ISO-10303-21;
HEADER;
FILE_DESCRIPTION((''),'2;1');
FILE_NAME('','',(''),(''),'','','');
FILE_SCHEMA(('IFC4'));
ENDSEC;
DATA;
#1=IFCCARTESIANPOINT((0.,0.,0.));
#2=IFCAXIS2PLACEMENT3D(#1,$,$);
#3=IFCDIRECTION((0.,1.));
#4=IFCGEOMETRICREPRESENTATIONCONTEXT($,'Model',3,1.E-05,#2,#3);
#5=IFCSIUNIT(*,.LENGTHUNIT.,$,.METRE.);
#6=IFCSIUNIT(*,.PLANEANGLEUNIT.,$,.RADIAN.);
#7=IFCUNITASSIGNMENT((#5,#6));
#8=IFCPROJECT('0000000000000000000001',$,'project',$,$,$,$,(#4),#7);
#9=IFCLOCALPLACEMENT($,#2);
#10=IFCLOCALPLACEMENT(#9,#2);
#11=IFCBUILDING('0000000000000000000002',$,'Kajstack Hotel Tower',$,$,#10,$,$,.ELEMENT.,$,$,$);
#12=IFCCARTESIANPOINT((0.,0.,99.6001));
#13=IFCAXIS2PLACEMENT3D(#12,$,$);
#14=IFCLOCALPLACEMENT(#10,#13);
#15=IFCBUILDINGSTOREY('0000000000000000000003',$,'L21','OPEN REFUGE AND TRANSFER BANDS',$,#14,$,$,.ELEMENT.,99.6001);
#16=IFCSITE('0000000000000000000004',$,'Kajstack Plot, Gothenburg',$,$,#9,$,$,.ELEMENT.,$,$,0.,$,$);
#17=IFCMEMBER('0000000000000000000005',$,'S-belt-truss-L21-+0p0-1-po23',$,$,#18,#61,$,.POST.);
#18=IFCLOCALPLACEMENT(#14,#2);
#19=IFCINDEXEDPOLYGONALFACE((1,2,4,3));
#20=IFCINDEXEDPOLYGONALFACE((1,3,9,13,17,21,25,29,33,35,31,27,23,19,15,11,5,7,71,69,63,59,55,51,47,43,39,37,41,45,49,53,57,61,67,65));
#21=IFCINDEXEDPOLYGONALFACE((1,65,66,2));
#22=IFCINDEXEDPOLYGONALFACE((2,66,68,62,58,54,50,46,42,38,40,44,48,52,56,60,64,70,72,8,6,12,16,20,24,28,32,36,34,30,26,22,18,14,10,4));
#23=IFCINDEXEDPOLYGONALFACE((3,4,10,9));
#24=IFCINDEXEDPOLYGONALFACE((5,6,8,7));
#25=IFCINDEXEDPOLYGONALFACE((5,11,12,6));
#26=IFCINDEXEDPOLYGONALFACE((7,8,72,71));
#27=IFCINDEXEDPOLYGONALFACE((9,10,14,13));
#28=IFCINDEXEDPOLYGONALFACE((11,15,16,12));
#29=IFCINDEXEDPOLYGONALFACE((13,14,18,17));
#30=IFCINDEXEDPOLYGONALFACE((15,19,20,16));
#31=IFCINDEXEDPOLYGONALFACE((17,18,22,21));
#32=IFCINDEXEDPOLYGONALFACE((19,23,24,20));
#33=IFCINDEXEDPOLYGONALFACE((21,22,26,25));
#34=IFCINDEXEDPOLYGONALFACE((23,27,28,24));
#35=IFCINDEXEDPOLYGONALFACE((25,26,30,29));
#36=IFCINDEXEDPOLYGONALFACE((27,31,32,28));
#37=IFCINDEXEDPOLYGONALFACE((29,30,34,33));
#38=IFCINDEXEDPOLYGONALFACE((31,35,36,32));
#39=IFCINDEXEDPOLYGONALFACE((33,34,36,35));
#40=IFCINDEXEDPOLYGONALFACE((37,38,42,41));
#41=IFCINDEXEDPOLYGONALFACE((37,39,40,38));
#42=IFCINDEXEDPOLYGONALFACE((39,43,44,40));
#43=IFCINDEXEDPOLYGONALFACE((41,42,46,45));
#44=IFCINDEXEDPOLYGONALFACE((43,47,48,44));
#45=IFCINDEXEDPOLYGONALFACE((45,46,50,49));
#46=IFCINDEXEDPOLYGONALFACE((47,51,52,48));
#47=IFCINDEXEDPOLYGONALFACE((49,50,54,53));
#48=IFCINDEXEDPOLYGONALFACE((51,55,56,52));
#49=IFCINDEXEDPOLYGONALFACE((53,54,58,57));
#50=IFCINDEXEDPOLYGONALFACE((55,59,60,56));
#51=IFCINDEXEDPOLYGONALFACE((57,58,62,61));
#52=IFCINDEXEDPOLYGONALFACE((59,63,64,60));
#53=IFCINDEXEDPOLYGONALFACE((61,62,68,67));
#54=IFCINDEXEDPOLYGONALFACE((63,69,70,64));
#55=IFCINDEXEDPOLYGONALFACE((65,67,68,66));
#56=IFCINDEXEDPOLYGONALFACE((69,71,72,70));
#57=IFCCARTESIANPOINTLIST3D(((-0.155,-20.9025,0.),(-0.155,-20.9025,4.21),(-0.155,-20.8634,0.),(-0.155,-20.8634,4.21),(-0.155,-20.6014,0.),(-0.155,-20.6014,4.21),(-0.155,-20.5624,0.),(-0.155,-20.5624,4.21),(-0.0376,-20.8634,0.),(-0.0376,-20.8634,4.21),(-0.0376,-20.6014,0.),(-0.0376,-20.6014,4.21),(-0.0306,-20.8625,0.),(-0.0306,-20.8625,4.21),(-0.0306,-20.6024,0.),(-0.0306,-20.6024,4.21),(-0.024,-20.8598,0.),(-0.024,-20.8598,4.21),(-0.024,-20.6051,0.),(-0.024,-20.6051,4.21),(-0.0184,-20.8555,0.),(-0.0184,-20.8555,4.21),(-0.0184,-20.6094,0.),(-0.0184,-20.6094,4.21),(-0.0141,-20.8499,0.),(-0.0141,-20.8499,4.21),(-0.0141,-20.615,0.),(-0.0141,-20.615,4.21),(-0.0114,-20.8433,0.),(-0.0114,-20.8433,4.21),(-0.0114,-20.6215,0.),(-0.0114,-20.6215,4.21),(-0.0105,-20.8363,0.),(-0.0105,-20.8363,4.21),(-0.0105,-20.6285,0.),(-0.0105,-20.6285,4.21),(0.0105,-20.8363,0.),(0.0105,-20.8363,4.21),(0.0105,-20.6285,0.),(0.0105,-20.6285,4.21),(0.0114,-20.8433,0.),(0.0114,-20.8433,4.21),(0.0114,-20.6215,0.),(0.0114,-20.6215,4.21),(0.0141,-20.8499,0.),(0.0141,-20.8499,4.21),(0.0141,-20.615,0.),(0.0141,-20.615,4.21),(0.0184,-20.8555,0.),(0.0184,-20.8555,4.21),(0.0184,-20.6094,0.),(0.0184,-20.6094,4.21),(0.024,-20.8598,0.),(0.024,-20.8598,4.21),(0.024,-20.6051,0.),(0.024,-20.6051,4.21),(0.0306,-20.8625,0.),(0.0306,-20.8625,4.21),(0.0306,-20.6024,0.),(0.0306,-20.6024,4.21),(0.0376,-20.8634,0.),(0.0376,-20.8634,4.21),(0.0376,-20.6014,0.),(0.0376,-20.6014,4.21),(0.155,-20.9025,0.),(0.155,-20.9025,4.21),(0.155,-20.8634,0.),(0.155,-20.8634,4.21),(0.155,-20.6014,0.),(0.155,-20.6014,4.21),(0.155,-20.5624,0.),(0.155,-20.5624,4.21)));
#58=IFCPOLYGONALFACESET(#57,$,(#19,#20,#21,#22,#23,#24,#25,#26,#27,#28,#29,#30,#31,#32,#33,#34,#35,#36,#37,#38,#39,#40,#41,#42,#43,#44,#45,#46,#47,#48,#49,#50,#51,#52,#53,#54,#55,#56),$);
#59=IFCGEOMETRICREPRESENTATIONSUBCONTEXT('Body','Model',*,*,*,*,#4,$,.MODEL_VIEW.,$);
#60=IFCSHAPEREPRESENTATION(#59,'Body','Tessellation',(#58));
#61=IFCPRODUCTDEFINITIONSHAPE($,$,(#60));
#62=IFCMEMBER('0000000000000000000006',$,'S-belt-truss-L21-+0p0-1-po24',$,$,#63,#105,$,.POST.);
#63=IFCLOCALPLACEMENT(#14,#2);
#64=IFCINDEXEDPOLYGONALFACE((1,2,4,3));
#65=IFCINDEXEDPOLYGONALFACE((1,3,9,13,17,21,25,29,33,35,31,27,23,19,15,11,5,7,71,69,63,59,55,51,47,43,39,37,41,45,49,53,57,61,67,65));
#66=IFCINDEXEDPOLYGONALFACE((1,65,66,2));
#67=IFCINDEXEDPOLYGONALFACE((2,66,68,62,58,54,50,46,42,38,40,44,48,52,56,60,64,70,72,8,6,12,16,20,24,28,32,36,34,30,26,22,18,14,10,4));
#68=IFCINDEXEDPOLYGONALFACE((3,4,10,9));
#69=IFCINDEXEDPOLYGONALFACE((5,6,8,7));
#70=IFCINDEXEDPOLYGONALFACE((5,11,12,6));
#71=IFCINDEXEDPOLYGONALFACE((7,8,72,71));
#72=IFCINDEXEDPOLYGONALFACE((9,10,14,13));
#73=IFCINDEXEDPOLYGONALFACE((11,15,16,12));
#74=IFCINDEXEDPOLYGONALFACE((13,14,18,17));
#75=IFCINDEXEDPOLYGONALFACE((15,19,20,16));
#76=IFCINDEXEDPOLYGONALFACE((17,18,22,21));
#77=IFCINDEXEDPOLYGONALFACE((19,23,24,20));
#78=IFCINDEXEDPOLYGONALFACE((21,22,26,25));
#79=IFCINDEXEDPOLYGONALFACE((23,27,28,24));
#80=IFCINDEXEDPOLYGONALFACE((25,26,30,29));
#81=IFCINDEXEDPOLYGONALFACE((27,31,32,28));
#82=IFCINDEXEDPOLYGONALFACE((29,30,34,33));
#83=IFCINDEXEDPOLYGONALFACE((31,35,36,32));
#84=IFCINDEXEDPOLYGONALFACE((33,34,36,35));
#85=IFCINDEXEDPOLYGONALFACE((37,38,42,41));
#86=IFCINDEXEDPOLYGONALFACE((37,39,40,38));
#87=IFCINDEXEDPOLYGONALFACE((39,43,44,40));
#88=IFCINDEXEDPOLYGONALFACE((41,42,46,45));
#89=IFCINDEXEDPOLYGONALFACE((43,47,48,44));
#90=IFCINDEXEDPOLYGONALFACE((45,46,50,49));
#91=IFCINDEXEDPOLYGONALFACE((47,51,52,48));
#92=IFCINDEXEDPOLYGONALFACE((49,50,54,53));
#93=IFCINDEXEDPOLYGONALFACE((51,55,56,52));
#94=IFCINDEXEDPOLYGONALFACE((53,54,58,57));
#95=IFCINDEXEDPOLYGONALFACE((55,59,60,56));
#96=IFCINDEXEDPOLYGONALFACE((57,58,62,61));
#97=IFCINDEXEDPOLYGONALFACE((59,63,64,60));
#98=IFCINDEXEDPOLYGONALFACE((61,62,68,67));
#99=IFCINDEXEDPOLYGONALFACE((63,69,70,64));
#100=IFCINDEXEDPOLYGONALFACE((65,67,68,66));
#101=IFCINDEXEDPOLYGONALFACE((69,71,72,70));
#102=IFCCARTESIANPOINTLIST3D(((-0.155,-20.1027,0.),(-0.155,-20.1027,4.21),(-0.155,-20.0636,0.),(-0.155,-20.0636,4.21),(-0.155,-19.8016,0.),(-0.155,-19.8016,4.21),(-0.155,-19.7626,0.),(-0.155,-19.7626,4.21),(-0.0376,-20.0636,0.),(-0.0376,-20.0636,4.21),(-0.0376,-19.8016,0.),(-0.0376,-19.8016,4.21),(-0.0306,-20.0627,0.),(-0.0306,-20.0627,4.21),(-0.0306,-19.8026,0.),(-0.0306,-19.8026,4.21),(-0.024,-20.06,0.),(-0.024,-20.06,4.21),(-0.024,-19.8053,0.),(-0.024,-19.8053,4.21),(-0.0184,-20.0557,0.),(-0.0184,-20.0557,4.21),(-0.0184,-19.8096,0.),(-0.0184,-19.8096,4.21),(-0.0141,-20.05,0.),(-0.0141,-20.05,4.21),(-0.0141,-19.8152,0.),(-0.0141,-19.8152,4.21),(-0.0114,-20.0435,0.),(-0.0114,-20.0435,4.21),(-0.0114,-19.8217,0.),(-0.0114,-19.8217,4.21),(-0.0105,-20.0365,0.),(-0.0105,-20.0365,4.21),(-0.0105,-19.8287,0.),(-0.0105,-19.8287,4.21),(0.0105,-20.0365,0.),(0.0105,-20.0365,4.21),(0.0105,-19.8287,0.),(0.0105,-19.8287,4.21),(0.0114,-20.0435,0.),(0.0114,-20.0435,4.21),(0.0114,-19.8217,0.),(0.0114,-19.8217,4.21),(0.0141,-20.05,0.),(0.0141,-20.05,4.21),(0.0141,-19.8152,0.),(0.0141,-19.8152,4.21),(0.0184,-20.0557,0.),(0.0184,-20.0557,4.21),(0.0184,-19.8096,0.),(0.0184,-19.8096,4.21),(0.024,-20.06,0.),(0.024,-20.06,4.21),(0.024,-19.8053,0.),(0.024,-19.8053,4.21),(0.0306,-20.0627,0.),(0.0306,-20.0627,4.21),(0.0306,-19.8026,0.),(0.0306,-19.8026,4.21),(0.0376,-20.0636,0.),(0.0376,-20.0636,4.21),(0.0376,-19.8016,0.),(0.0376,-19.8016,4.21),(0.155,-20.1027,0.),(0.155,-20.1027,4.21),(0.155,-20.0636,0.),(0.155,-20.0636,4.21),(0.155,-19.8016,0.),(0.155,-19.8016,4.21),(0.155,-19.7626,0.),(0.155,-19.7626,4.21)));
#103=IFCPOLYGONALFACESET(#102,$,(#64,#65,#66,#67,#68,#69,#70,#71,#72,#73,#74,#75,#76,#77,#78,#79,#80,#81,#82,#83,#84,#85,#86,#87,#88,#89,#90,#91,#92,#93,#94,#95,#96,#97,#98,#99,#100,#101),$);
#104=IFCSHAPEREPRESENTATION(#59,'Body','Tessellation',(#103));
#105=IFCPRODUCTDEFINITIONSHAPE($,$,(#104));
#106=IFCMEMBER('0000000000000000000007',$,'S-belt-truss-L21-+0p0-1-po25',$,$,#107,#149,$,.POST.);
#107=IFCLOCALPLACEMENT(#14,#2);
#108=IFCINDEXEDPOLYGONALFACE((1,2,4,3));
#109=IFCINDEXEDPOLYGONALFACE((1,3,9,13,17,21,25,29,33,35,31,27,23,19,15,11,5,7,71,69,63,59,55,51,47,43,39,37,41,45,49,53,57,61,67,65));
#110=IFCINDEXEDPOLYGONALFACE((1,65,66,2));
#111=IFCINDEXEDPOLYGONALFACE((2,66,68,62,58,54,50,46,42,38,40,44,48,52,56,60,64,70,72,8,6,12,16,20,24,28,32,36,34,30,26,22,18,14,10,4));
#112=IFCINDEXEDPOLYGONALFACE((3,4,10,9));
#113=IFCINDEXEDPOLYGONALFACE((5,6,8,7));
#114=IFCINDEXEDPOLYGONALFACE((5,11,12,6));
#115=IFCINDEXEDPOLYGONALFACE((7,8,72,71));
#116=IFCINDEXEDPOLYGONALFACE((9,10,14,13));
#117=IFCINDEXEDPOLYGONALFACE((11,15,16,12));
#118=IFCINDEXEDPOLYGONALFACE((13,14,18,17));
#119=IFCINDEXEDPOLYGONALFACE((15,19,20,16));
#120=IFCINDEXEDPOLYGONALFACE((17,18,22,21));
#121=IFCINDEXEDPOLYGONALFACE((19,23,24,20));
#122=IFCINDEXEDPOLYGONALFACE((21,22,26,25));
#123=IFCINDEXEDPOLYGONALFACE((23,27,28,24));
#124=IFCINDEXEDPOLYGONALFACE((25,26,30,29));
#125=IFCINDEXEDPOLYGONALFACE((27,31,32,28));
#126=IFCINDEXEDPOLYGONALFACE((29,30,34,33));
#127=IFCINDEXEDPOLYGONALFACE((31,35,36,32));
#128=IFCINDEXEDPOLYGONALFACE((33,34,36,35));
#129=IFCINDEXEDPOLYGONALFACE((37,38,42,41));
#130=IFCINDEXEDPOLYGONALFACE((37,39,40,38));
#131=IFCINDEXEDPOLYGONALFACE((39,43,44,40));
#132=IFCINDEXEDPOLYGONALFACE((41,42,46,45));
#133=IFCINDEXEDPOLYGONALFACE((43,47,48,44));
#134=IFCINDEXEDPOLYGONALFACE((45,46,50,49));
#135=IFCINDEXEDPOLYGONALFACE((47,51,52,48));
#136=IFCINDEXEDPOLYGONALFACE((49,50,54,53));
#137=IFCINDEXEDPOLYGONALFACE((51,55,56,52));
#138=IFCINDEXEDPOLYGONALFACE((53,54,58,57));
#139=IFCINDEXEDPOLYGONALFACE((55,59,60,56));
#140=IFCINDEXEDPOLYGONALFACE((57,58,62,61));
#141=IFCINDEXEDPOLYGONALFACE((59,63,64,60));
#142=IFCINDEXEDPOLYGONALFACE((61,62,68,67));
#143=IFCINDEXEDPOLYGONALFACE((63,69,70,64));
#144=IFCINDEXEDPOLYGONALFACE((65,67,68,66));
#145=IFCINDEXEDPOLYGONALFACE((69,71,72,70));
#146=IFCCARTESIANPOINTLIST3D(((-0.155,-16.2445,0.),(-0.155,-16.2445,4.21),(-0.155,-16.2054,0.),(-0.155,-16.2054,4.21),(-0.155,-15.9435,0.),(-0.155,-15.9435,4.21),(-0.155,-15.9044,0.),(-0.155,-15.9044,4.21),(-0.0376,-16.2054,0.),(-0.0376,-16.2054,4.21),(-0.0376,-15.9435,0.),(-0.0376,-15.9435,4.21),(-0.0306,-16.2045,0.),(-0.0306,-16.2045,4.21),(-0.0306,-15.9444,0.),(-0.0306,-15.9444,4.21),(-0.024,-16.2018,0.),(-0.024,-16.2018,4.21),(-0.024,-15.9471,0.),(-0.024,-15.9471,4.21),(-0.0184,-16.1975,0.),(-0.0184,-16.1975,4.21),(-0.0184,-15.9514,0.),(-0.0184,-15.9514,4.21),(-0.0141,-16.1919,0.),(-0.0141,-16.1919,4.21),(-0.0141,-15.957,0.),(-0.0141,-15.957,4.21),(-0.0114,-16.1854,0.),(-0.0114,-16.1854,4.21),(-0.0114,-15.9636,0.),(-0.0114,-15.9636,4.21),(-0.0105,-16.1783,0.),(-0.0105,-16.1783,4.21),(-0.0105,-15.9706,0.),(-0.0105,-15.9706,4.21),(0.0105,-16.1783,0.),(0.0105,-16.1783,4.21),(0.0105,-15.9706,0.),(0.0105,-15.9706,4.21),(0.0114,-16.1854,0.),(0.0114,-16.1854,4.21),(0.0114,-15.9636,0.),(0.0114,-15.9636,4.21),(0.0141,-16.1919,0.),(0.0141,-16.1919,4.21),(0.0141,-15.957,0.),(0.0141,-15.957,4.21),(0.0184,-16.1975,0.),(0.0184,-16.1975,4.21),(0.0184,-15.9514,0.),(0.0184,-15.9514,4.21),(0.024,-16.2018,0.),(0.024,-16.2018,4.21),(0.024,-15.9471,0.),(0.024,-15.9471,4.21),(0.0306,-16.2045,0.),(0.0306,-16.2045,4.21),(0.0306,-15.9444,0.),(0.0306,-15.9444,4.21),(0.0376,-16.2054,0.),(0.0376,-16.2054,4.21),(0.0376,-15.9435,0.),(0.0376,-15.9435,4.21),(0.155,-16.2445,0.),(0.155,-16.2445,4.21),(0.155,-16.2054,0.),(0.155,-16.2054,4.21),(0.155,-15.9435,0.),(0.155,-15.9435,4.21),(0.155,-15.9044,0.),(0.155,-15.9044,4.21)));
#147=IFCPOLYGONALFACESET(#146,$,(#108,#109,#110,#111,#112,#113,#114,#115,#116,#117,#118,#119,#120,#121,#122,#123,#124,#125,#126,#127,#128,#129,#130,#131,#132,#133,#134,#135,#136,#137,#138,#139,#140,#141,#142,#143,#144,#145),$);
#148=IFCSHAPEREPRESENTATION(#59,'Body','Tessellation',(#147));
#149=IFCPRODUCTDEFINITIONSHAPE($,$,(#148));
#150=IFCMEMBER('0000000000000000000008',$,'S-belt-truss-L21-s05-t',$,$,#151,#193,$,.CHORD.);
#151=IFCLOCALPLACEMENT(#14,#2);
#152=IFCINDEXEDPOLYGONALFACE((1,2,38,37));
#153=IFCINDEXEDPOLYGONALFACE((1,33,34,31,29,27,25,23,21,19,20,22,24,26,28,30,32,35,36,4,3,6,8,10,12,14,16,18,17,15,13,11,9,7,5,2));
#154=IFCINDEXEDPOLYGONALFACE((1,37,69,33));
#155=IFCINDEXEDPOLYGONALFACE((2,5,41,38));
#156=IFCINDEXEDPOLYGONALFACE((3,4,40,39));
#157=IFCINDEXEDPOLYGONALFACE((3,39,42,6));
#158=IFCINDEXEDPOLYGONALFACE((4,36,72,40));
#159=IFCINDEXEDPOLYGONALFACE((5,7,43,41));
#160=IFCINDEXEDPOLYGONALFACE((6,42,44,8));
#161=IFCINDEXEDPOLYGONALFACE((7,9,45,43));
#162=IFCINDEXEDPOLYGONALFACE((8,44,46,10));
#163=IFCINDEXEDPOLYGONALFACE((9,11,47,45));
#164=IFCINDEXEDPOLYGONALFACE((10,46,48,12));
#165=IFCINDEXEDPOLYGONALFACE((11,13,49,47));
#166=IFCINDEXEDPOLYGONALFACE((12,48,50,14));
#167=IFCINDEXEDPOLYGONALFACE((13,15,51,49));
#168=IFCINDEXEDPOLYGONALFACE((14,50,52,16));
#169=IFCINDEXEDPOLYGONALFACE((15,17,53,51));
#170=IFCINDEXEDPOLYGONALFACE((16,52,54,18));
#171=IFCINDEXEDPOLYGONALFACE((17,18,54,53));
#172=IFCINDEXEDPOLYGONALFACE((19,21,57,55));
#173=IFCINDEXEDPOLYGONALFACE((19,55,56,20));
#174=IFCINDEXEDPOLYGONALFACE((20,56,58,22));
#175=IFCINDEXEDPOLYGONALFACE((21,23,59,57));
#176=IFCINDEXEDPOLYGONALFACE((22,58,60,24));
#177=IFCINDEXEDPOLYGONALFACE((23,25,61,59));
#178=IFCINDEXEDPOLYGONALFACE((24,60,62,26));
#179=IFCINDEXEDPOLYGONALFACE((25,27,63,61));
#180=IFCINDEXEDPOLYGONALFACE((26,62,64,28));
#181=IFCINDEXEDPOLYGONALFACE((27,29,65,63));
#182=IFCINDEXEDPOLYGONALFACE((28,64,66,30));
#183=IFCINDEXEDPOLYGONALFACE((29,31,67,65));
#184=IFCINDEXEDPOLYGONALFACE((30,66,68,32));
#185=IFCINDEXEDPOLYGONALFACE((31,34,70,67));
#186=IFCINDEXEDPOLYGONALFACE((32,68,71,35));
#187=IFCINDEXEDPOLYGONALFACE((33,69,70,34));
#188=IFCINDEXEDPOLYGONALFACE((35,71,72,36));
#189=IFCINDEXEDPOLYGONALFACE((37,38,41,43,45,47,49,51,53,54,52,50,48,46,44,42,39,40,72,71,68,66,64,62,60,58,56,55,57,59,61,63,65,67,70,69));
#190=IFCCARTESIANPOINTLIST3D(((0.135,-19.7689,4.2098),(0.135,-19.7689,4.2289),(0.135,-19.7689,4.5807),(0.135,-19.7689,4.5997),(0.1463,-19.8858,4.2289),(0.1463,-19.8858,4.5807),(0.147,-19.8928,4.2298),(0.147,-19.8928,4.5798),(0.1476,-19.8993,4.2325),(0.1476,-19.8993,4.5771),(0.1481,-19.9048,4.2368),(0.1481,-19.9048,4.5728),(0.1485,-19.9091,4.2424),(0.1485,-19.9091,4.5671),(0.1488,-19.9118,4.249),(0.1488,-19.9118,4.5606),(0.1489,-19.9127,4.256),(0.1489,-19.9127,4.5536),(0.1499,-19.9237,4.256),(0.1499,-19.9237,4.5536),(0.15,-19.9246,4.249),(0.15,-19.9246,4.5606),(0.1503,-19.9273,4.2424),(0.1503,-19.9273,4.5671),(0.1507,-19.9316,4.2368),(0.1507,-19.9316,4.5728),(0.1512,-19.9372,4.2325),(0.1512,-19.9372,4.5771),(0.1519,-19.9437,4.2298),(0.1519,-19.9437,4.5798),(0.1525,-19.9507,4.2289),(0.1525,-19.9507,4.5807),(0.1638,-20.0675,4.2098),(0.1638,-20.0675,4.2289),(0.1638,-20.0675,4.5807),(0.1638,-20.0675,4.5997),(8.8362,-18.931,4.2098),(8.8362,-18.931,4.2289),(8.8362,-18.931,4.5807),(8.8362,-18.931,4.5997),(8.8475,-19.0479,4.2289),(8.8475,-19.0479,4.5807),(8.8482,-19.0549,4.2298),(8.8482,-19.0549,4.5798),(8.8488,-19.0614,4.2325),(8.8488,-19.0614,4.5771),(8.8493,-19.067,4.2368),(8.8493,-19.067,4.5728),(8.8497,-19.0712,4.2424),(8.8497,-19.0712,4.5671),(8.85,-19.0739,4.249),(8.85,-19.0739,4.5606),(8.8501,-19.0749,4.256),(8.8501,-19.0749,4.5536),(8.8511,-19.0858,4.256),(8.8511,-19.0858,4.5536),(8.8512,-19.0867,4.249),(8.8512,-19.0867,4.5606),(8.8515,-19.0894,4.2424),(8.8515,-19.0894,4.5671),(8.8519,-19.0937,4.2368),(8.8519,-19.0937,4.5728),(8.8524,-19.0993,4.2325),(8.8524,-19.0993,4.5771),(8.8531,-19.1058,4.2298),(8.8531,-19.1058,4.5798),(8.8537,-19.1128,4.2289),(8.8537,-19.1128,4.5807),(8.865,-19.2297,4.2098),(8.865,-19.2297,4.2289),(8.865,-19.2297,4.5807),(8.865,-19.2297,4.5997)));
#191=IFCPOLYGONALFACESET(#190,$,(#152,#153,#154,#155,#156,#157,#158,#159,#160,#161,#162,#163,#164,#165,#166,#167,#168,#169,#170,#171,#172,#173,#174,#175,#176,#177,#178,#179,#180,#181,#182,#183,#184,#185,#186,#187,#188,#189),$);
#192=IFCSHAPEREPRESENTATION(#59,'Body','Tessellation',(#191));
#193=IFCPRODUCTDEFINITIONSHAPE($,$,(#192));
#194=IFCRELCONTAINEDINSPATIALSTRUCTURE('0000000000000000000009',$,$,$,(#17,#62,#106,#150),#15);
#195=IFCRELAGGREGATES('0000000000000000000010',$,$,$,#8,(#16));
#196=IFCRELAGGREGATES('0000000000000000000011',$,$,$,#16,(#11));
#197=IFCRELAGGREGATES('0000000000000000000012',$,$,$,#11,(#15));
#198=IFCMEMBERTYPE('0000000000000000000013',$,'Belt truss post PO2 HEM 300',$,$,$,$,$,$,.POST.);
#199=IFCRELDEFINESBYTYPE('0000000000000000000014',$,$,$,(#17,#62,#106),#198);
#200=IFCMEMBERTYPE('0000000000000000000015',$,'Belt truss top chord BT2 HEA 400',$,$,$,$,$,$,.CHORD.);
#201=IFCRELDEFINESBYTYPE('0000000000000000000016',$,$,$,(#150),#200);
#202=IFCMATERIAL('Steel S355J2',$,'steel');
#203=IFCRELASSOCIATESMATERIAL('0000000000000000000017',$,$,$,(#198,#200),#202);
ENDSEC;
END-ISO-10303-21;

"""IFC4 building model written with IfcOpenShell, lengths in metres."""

from ifc_helpers import new_model, si_unit, direction, frame, origin, origin_2d, place, context, subcontext, project, spatial, i_section, extrude, material, material_profile, profile_set, type_object, element, save


model = new_model("IFC4")

# Units and contexts
model_context = context("Model", 3, precision=1e-05, world=origin(), true_north=direction((0.0, 1.0)))
body_context = subcontext(model_context, "Body", "Model", "MODEL_VIEW")
ifc_project = project(units=[si_unit("LENGTHUNIT", "METRE"), si_unit("PLANEANGLEUNIT", "RADIAN")], contexts=[model_context])

# Site, building, storey
site_placement = place(None, origin())
site = spatial("IfcSite", under=ifc_project, at=site_placement, Name="Kajstack Plot, Gothenburg", CompositionType="ELEMENT", RefElevation=0.0)
building_placement = place(site_placement, origin())
building = spatial("IfcBuilding", under=site, at=building_placement, Name="Kajstack Hotel Tower", CompositionType="ELEMENT")
storey_placement = place(building_placement, frame((0.0, 0.0, 99.6001)))
storey = spatial("IfcBuildingStorey", under=building, at=storey_placement, Name="L21", Description="OPEN REFUGE AND TRANSFER BANDS", CompositionType="ELEMENT", Elevation=99.6001)

# Members
ifc_material_1 = material(Name="Steel S355J2", Category="steel")
ifc_material_profile_1 = material_profile(ifc_material_1, i_section(OverallWidth=0.3101, OverallDepth=0.3401, WebThickness=0.021, FlangeThickness=0.0391, FilletRadius=0.0271, at=origin_2d()), Name="HEM 300")
ifc_profile_set_1 = profile_set([ifc_material_profile_1], Name="Steel S355J2")
member_type_1 = type_object("IfcMemberType", Name="Belt truss post PO2 HEM 300", PredefinedType="POST", material=ifc_profile_set_1)
for number, where, z_axis, x_axis, name in (
    (1, (0.0, -20.7324, 0.0), (0.0, 0.0, 1.0), (1.0, 0.0, 0.0), "S-belt-truss-L21-+0p0-1-po23"),
    (2, (0.0, -19.9326, 0.0), (0.0, 0.0, 1.0), (1.0, 0.0, 0.0), "S-belt-truss-L21-+0p0-1-po24"),
    (3, (0.0, -16.0745, 0.0), (0.0, 0.0, 1.0), (1.0, 0.0, 0.0), "S-belt-truss-L21-+0p0-1-po25"),
):
    element("IfcMember", number, at=place(storey_placement, frame(where, z_axis=z_axis, x_axis=x_axis)), inside=storey, type_object=member_type_1, Name=name, PredefinedType="POST", context=body_context, shape_type="SweptSolid", body=[
        extrude(i_section(OverallWidth=0.3101, OverallDepth=0.3401, WebThickness=0.021, FlangeThickness=0.0391, FilletRadius=0.0271, at=origin_2d()), origin(), (0.0, 0.0, 1.0), 4.21),
    ])
ifc_material_profile_2 = material_profile(ifc_material_1, i_section(OverallWidth=0.3, OverallDepth=0.3899, WebThickness=0.011, FlangeThickness=0.019, FilletRadius=0.0271, at=origin_2d()), Name="HEA 400")
ifc_profile_set_2 = profile_set([ifc_material_profile_2], Name="Steel S355J2")
member_type_2 = type_object("IfcMemberType", Name="Belt truss top chord BT2 HEA 400", PredefinedType="CHORD", material=ifc_profile_set_2)
member_1_placement = place(storey_placement, frame((0.1494, -19.9182, 4.4048), z_axis=(0.995396, 0.095853, 0.0), x_axis=(-0.095853, 0.995396, 0.0)))
element("IfcMember", 4, at=member_1_placement, inside=storey, type_object=member_type_2, Name="S-belt-truss-L21-s05-t", PredefinedType="CHORD", context=body_context, shape_type="SweptSolid", body=[
    extrude(i_section(OverallWidth=0.3, OverallDepth=0.3899, WebThickness=0.011, FlangeThickness=0.019, FilletRadius=0.0271, at=origin_2d()), origin(), (0.0, 0.0, 1.0), 8.7415),
])

save(model, "model.ifc")
